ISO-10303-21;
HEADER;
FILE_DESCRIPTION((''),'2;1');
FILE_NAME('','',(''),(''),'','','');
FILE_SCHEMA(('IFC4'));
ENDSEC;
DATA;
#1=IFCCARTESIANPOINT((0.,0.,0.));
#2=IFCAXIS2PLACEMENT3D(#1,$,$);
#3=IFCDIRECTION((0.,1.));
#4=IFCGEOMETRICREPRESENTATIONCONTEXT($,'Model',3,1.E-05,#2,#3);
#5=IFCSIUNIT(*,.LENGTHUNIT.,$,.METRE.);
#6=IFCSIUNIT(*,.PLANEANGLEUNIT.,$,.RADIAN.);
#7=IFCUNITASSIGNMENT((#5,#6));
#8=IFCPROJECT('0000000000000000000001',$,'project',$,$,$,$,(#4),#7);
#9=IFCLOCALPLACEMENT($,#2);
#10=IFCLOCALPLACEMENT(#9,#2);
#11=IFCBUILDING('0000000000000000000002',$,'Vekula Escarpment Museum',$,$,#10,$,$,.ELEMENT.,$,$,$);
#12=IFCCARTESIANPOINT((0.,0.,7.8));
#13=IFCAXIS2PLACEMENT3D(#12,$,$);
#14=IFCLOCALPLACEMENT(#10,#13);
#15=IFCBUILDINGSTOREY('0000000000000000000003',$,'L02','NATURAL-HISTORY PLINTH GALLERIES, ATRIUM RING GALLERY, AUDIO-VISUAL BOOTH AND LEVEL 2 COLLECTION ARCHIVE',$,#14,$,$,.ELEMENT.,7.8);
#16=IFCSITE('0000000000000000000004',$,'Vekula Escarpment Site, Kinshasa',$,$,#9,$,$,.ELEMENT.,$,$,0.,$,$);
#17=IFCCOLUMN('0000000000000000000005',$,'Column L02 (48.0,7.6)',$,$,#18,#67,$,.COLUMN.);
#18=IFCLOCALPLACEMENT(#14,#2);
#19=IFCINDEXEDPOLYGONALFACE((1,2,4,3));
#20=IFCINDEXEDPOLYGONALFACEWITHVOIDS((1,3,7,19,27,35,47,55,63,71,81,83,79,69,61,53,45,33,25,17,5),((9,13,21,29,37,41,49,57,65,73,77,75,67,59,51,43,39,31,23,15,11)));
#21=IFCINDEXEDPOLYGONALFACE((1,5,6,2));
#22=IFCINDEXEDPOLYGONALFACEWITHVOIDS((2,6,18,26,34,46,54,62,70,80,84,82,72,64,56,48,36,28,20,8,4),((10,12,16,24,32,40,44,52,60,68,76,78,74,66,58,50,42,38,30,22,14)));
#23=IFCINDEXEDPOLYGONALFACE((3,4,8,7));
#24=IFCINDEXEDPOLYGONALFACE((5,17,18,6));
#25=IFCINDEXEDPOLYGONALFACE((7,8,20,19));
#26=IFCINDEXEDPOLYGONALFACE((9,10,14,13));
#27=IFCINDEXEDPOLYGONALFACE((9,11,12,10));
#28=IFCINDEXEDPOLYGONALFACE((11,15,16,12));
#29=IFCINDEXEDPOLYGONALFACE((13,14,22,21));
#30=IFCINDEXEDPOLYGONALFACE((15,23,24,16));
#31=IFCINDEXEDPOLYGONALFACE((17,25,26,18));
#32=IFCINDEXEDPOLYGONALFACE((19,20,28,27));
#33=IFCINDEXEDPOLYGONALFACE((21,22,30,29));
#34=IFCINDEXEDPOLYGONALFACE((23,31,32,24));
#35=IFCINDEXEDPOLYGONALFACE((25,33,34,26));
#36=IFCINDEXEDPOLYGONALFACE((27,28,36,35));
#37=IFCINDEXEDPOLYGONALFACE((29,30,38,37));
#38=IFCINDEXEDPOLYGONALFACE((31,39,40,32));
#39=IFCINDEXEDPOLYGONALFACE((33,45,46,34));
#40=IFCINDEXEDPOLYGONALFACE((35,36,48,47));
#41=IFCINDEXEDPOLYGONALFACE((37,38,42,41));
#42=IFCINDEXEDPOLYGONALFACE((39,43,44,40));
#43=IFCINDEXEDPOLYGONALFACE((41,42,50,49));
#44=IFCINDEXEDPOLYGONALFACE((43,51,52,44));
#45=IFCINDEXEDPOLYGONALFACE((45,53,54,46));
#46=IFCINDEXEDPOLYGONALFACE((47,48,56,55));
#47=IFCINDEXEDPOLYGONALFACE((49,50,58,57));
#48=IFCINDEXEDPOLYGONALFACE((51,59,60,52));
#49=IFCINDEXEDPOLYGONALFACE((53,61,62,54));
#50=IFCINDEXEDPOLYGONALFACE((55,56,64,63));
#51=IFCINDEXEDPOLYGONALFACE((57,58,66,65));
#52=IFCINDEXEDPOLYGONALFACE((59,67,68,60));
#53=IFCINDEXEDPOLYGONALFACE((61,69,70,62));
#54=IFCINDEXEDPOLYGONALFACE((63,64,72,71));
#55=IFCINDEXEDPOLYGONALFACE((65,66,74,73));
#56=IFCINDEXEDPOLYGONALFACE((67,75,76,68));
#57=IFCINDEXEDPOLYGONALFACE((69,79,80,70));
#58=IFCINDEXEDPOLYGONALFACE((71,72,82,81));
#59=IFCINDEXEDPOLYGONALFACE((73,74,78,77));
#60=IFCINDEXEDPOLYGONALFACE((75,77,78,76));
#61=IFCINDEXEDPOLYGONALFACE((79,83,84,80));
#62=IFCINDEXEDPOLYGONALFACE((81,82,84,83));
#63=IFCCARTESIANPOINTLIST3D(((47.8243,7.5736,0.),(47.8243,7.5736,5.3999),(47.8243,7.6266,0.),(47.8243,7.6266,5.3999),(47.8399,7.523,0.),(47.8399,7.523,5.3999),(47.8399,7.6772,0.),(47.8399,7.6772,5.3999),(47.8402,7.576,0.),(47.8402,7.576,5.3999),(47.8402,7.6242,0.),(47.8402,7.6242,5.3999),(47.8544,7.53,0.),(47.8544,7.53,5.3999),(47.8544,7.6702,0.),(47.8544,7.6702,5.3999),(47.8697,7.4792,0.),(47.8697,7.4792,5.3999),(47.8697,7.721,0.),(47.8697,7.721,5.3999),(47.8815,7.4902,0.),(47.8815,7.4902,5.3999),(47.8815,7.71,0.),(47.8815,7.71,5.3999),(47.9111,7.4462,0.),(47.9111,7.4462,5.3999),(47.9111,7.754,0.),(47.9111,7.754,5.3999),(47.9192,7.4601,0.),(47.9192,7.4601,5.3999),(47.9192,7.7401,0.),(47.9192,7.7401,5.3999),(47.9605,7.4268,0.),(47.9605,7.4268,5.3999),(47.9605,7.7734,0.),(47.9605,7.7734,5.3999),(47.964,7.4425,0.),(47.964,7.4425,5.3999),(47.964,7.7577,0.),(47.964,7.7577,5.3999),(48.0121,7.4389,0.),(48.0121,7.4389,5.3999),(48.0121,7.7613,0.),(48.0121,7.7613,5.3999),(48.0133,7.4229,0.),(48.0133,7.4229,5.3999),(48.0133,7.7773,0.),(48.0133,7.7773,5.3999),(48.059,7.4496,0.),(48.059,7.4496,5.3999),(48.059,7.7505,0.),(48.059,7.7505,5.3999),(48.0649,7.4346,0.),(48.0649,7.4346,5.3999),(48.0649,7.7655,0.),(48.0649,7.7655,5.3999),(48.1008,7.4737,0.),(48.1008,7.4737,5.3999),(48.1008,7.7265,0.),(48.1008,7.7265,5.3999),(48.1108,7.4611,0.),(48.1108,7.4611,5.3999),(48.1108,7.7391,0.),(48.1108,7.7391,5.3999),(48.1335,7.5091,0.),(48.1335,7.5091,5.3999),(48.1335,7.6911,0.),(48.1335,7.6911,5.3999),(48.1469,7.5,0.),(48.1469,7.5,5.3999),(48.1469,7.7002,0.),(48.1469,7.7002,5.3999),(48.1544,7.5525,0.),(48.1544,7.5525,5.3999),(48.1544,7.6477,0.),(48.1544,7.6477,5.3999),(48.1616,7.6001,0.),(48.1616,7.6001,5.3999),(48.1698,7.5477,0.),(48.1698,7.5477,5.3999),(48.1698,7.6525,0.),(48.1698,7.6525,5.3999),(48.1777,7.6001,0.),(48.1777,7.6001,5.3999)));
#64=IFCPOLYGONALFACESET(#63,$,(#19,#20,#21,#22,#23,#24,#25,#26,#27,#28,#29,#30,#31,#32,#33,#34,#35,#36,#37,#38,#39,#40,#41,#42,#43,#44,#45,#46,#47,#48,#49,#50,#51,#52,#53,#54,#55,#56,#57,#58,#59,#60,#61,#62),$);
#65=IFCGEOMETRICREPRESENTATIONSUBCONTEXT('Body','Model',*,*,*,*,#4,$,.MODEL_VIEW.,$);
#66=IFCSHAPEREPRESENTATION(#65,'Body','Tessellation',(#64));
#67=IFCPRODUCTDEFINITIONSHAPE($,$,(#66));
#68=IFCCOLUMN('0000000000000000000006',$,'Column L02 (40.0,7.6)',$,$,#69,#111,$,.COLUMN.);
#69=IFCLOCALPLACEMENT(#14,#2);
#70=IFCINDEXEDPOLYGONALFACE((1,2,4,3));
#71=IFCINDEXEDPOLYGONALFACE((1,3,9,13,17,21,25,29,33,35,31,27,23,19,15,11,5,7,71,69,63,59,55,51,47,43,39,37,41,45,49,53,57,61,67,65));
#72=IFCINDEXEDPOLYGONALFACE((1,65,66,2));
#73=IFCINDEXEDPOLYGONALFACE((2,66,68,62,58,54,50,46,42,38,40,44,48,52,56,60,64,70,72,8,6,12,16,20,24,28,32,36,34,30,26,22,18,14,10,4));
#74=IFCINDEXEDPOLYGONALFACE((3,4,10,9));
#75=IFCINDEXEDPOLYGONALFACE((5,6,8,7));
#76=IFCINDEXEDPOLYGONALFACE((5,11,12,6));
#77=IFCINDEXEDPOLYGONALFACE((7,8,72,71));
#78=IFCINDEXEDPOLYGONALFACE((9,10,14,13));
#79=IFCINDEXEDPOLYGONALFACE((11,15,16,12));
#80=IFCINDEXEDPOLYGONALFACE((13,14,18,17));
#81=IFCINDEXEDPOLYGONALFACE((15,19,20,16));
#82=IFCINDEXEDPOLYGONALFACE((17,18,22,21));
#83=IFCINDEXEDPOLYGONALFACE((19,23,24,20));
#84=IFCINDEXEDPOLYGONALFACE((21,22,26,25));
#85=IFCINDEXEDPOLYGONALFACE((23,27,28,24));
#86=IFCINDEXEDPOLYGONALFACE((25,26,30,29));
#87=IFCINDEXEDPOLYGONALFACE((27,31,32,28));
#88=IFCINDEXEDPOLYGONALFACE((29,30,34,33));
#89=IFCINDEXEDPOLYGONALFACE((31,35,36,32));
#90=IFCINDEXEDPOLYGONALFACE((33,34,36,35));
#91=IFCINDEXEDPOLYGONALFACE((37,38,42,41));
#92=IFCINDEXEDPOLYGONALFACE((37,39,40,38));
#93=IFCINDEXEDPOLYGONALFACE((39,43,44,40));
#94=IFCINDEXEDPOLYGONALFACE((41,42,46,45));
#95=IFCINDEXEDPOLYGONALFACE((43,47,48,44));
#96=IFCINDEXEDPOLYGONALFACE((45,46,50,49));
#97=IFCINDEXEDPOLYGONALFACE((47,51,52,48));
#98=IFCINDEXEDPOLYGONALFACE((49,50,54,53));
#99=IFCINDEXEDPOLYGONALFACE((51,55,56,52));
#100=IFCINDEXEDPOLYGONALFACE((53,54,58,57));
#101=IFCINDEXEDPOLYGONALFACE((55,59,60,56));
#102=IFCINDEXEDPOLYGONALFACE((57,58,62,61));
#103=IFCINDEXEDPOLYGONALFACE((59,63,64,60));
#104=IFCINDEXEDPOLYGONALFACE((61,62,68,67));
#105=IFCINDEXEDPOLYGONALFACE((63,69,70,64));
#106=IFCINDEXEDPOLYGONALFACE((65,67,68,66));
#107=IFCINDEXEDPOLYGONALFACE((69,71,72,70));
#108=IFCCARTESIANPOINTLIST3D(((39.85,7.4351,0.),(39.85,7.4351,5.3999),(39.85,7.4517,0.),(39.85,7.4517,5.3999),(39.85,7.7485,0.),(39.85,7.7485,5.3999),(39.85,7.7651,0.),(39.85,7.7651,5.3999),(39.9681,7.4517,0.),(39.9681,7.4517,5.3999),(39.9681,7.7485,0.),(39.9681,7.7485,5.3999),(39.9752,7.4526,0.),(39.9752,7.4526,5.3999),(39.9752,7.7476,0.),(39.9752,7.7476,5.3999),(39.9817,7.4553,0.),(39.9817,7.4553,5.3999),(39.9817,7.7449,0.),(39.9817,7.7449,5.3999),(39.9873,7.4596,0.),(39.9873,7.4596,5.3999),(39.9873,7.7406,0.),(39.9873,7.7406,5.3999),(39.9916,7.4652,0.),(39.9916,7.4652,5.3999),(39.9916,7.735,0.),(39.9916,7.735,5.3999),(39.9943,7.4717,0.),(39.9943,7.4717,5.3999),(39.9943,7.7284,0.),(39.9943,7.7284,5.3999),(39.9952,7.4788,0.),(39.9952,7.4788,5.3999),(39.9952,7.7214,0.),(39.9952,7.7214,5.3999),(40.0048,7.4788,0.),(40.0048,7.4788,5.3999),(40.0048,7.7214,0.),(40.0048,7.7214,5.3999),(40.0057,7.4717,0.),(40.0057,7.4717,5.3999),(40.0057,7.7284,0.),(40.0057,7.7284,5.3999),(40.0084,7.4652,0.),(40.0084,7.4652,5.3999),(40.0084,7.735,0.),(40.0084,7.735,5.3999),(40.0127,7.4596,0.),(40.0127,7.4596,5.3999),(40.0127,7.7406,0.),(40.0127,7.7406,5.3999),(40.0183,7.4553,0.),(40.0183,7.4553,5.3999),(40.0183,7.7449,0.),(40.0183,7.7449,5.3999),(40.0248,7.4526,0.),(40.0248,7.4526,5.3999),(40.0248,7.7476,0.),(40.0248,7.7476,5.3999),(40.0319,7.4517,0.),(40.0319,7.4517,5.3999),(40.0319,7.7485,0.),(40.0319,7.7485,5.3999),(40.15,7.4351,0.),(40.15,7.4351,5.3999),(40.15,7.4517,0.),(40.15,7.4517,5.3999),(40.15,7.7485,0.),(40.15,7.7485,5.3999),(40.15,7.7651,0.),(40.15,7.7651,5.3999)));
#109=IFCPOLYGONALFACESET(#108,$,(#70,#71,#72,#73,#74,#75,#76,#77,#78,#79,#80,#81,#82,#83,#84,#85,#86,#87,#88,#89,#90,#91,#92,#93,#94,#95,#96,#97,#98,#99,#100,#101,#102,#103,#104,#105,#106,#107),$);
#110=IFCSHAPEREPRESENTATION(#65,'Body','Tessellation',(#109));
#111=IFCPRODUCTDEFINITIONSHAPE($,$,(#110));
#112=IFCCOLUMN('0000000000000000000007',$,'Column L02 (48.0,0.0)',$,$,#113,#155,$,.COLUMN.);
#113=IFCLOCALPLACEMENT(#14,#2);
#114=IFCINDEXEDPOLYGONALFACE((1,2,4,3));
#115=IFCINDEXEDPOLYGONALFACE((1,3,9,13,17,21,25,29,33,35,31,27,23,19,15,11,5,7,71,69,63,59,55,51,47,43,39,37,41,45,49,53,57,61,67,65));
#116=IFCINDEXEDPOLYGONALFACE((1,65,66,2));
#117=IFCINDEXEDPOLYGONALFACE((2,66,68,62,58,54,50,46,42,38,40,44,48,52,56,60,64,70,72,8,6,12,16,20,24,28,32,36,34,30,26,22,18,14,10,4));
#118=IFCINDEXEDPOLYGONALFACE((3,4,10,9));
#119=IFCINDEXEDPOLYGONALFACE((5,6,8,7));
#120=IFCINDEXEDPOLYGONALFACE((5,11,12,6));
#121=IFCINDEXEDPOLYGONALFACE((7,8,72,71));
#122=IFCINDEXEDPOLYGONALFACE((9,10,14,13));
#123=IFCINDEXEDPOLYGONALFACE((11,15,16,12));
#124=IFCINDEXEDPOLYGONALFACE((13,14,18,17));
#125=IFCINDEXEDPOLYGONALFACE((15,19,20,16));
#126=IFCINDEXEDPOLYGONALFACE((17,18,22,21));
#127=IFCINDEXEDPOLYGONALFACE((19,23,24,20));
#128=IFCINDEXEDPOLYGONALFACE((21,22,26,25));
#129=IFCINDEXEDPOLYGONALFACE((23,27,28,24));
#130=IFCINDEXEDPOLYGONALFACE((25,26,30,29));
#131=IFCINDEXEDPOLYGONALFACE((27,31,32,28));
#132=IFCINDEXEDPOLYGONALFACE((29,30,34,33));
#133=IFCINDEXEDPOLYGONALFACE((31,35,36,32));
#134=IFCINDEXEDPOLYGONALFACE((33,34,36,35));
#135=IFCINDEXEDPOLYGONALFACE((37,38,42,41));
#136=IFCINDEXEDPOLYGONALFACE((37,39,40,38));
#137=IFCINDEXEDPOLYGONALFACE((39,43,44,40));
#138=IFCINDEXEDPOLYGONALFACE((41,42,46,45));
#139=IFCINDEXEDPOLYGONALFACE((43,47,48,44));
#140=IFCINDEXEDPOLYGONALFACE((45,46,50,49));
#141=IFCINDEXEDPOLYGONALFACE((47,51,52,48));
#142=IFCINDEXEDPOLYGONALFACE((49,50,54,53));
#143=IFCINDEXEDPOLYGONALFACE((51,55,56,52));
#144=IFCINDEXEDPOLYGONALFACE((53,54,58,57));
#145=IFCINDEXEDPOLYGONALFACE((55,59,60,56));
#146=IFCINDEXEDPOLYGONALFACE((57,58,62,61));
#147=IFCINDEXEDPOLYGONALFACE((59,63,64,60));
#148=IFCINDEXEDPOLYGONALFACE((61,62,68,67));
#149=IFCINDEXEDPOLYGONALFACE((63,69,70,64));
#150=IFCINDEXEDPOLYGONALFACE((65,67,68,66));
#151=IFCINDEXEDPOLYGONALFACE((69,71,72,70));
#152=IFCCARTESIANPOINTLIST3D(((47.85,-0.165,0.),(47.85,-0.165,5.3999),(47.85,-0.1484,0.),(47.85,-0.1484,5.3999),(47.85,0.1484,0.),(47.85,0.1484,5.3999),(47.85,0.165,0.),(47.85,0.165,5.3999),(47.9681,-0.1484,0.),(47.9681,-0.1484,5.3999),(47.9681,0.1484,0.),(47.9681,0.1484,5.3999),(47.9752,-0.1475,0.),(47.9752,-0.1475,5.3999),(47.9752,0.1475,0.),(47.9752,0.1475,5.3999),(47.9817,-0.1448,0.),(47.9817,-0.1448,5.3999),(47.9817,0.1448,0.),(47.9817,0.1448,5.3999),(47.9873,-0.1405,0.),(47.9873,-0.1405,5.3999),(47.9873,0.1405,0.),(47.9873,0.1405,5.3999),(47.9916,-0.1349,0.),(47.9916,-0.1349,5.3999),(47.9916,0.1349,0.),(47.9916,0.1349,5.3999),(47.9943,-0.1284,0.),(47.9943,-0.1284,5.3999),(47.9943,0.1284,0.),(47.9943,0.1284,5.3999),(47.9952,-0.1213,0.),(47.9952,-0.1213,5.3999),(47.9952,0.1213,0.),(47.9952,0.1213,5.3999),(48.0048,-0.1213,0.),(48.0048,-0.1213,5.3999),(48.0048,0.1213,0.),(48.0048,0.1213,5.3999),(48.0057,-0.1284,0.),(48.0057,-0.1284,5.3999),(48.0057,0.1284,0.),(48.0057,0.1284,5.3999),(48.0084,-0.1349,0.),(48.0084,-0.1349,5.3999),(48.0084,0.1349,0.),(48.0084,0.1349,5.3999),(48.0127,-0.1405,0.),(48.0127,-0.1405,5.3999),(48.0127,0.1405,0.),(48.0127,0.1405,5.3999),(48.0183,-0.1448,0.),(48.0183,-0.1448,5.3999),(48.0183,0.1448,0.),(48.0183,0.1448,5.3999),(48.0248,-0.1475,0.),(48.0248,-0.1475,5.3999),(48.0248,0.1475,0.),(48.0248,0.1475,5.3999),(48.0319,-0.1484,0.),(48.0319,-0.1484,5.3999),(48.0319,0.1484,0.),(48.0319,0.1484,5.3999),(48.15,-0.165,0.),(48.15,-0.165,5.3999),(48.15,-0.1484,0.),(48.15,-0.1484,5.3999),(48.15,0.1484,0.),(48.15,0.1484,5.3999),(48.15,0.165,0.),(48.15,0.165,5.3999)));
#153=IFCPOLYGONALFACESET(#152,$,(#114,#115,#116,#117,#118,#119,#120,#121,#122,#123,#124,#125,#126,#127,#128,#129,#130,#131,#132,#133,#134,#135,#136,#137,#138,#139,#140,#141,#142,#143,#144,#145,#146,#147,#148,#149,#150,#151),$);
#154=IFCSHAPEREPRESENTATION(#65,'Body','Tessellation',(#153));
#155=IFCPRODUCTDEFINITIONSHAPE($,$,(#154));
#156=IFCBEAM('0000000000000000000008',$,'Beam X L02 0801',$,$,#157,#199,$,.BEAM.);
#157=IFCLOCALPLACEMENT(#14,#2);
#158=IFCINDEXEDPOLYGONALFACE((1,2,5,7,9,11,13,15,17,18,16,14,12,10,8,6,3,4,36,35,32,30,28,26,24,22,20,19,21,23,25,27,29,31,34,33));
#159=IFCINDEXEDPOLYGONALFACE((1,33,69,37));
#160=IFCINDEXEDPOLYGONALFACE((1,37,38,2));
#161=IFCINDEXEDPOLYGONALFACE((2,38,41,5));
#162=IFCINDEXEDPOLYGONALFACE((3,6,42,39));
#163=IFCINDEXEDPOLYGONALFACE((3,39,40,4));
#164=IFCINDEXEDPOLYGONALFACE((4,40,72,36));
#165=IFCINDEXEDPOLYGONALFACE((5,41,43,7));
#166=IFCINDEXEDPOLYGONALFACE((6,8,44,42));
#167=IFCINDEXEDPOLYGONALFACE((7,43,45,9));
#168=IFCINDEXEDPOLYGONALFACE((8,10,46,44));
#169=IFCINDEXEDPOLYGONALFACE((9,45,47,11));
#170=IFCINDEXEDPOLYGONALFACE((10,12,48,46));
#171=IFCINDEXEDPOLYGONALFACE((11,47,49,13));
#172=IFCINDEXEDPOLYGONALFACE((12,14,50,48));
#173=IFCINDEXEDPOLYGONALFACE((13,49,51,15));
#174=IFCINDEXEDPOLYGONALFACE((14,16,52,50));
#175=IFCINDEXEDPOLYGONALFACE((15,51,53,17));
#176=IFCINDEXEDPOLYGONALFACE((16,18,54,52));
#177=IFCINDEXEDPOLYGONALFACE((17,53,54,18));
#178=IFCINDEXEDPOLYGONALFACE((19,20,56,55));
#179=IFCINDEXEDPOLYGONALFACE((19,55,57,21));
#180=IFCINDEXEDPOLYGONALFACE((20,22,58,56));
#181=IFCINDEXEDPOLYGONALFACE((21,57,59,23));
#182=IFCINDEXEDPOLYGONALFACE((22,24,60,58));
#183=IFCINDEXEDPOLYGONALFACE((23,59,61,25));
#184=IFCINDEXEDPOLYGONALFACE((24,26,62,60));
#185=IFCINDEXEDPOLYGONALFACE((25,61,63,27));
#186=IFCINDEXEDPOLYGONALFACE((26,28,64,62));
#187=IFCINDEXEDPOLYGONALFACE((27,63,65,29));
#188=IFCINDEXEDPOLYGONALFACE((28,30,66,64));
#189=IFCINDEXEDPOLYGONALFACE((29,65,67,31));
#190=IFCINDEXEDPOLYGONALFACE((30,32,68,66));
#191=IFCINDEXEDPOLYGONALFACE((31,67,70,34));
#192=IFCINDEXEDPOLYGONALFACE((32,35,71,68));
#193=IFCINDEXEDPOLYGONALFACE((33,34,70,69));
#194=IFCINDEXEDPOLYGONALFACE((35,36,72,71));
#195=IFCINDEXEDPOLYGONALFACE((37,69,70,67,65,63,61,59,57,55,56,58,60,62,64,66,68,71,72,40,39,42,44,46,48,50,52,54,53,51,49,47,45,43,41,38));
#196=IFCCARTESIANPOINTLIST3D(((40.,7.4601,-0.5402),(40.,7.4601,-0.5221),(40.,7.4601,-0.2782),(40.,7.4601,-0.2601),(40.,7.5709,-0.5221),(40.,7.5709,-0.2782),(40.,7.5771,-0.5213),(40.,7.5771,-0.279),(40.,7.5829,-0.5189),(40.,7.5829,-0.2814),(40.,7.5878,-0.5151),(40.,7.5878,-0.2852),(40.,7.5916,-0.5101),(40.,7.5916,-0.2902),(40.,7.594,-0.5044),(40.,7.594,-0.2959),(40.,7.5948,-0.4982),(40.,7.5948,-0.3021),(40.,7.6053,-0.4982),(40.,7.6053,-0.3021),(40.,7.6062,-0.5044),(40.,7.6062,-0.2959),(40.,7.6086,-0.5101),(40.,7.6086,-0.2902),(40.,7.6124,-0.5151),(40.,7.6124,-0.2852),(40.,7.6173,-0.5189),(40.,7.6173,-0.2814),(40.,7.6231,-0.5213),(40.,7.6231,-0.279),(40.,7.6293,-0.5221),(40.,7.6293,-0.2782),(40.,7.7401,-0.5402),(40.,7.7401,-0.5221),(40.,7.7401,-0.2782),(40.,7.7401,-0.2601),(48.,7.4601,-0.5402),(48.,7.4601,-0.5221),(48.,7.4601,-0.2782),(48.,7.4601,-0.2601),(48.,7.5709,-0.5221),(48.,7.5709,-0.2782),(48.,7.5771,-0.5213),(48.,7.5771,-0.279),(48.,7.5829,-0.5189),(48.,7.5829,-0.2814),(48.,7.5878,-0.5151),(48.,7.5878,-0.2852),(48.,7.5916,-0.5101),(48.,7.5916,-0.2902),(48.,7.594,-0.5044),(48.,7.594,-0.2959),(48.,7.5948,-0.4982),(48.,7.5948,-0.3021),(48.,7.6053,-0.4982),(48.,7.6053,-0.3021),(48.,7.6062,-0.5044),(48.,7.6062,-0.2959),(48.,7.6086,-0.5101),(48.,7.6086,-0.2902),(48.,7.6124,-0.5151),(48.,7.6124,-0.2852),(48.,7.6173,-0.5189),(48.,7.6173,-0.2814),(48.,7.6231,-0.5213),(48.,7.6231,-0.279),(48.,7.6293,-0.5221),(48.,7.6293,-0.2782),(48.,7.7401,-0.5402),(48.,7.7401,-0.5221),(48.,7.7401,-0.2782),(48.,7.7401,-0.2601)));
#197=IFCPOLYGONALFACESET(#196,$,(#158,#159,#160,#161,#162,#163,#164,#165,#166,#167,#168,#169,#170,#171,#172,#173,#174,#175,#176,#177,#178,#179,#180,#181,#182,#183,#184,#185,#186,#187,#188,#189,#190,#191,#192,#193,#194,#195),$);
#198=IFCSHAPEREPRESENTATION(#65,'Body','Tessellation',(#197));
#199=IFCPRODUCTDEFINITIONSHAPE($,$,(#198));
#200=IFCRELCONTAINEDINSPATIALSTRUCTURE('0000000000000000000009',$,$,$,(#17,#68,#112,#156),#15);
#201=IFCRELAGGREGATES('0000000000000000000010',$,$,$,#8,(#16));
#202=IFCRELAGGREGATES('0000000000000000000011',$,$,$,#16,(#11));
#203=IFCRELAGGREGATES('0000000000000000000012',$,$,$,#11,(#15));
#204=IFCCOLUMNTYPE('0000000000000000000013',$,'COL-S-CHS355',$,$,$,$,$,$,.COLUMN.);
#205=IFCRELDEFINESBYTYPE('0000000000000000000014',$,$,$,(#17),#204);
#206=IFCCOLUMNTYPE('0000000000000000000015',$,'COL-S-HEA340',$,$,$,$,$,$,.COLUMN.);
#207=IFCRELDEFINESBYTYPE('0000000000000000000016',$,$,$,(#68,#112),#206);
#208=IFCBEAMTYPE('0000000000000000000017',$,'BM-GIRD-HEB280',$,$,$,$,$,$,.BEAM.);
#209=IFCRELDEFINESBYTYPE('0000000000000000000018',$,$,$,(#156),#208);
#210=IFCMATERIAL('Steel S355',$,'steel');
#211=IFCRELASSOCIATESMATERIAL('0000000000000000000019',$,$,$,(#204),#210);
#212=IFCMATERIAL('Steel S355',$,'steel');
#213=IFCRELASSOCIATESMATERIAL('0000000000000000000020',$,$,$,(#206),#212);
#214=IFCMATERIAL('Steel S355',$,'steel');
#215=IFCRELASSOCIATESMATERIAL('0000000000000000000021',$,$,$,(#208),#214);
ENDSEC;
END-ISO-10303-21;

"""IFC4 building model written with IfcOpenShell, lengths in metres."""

from ifc_helpers import new_model, si_unit, direction, frame, origin, origin_2d, place, context, subcontext, project, spatial, hollow_circle, i_section, extrude, material, material_profile, profile_set, type_object, element, save


model = new_model("IFC4")

# Units and contexts
model_context = context("Model", 3, precision=1e-05, world=origin(), true_north=direction((0.0, 1.0)))
body_context = subcontext(model_context, "Body", "Model", "MODEL_VIEW")
ifc_project = project(units=[si_unit("LENGTHUNIT", "METRE"), si_unit("PLANEANGLEUNIT", "RADIAN")], contexts=[model_context])

# Site, building, storey
site_placement = place(None, origin())
site = spatial("IfcSite", under=ifc_project, at=site_placement, Name="Vekula Escarpment Site, Kinshasa", CompositionType="ELEMENT", RefElevation=0.0)
building_placement = place(site_placement, origin())
building = spatial("IfcBuilding", under=site, at=building_placement, Name="Vekula Escarpment Museum", CompositionType="ELEMENT")
storey_placement = place(building_placement, frame((0.0, 0.0, 7.8)))
storey = spatial("IfcBuildingStorey", under=building, at=storey_placement, Name="L02", Description="NATURAL-HISTORY PLINTH GALLERIES, ATRIUM RING GALLERY, AUDIO-VISUAL BOOTH AND LEVEL 2 COLLECTION ARCHIVE", CompositionType="ELEMENT", Elevation=7.8)

# Columns
ifc_material_1 = material(Name="Steel S355", Category="steel")
ifc_material_profile_1 = material_profile(ifc_material_1, hollow_circle(Radius=0.1777, WallThickness=0.0161, at=origin_2d()), Name="CHS 355.6x16")
ifc_profile_set_1 = profile_set([ifc_material_profile_1], Name="Steel S355")
column_type_1 = type_object("IfcColumnType", Name="COL-S-CHS355", PredefinedType="COLUMN", material=ifc_profile_set_1)
column_placement = place(storey_placement, frame((48.0, 7.6001, 0.0), z_axis=(0.0, 0.0, 1.0), x_axis=(1.0, 0.0, 0.0)))
element("IfcColumn", 1, at=column_placement, inside=storey, type_object=column_type_1, Name="Column L02 (48.0,7.6)", PredefinedType="COLUMN", context=body_context, shape_type="SweptSolid", body=[
    extrude(hollow_circle(Radius=0.1777, WallThickness=0.0161, at=origin_2d()), origin(), (0.0, 0.0, 1.0), 5.3999),
])
ifc_material_2 = material(Name="Steel S355", Category="steel")
ifc_material_profile_2 = material_profile(ifc_material_2, i_section(OverallWidth=0.3, OverallDepth=0.3301, WebThickness=0.0095, FlangeThickness=0.0166, FilletRadius=0.0271, at=origin_2d()), Name="HEA 340")
ifc_profile_set_2 = profile_set([ifc_material_profile_2], Name="Steel S355")
column_type_2 = type_object("IfcColumnType", Name="COL-S-HEA340", PredefinedType="COLUMN", material=ifc_profile_set_2)
for number, where, z_axis, x_axis, name in (
    (2, (40.0, 7.6001, 0.0), (0.0, 0.0, 1.0), (1.0, 0.0, 0.0), "Column L02 (40.0,7.6)"),
    (3, (48.0, 0.0, 0.0), (0.0, 0.0, 1.0), (1.0, 0.0, 0.0), "Column L02 (48.0,0.0)"),
):
    element("IfcColumn", number, at=place(storey_placement, frame(where, z_axis=z_axis, x_axis=x_axis)), inside=storey, type_object=column_type_2, Name=name, PredefinedType="COLUMN", context=body_context, shape_type="SweptSolid", body=[
        extrude(i_section(OverallWidth=0.3, OverallDepth=0.3301, WebThickness=0.0095, FlangeThickness=0.0166, FilletRadius=0.0271, at=origin_2d()), origin(), (0.0, 0.0, 1.0), 5.3999),
    ])

# Beam
ifc_material_3 = material(Name="Steel S355", Category="steel")
ifc_material_profile_3 = material_profile(ifc_material_3, i_section(OverallWidth=0.28, OverallDepth=0.28, WebThickness=0.0105, FlangeThickness=0.0181, FilletRadius=0.0239, at=origin_2d()), Name="HEB 280")
ifc_profile_set_3 = profile_set([ifc_material_profile_3], Name="Steel S355")
beam_type_1 = type_object("IfcBeamType", Name="BM-GIRD-HEB280", PredefinedType="BEAM", material=ifc_profile_set_3)
beam_1_placement = place(storey_placement, frame((40.0, 7.6001, -0.4001), z_axis=(1.0, 0.0, 0.0), x_axis=(0.0, 1.0, 0.0)))
element("IfcBeam", 4, at=beam_1_placement, inside=storey, type_object=beam_type_1, Name="Beam X L02 0801", PredefinedType="BEAM", context=body_context, shape_type="SweptSolid", body=[
    extrude(i_section(OverallWidth=0.28, OverallDepth=0.28, WebThickness=0.0105, FlangeThickness=0.0181, FilletRadius=0.0239, at=origin_2d()), origin(), (0.0, 0.0, 1.0), 8.0),
])

save(model, "model.ifc")
